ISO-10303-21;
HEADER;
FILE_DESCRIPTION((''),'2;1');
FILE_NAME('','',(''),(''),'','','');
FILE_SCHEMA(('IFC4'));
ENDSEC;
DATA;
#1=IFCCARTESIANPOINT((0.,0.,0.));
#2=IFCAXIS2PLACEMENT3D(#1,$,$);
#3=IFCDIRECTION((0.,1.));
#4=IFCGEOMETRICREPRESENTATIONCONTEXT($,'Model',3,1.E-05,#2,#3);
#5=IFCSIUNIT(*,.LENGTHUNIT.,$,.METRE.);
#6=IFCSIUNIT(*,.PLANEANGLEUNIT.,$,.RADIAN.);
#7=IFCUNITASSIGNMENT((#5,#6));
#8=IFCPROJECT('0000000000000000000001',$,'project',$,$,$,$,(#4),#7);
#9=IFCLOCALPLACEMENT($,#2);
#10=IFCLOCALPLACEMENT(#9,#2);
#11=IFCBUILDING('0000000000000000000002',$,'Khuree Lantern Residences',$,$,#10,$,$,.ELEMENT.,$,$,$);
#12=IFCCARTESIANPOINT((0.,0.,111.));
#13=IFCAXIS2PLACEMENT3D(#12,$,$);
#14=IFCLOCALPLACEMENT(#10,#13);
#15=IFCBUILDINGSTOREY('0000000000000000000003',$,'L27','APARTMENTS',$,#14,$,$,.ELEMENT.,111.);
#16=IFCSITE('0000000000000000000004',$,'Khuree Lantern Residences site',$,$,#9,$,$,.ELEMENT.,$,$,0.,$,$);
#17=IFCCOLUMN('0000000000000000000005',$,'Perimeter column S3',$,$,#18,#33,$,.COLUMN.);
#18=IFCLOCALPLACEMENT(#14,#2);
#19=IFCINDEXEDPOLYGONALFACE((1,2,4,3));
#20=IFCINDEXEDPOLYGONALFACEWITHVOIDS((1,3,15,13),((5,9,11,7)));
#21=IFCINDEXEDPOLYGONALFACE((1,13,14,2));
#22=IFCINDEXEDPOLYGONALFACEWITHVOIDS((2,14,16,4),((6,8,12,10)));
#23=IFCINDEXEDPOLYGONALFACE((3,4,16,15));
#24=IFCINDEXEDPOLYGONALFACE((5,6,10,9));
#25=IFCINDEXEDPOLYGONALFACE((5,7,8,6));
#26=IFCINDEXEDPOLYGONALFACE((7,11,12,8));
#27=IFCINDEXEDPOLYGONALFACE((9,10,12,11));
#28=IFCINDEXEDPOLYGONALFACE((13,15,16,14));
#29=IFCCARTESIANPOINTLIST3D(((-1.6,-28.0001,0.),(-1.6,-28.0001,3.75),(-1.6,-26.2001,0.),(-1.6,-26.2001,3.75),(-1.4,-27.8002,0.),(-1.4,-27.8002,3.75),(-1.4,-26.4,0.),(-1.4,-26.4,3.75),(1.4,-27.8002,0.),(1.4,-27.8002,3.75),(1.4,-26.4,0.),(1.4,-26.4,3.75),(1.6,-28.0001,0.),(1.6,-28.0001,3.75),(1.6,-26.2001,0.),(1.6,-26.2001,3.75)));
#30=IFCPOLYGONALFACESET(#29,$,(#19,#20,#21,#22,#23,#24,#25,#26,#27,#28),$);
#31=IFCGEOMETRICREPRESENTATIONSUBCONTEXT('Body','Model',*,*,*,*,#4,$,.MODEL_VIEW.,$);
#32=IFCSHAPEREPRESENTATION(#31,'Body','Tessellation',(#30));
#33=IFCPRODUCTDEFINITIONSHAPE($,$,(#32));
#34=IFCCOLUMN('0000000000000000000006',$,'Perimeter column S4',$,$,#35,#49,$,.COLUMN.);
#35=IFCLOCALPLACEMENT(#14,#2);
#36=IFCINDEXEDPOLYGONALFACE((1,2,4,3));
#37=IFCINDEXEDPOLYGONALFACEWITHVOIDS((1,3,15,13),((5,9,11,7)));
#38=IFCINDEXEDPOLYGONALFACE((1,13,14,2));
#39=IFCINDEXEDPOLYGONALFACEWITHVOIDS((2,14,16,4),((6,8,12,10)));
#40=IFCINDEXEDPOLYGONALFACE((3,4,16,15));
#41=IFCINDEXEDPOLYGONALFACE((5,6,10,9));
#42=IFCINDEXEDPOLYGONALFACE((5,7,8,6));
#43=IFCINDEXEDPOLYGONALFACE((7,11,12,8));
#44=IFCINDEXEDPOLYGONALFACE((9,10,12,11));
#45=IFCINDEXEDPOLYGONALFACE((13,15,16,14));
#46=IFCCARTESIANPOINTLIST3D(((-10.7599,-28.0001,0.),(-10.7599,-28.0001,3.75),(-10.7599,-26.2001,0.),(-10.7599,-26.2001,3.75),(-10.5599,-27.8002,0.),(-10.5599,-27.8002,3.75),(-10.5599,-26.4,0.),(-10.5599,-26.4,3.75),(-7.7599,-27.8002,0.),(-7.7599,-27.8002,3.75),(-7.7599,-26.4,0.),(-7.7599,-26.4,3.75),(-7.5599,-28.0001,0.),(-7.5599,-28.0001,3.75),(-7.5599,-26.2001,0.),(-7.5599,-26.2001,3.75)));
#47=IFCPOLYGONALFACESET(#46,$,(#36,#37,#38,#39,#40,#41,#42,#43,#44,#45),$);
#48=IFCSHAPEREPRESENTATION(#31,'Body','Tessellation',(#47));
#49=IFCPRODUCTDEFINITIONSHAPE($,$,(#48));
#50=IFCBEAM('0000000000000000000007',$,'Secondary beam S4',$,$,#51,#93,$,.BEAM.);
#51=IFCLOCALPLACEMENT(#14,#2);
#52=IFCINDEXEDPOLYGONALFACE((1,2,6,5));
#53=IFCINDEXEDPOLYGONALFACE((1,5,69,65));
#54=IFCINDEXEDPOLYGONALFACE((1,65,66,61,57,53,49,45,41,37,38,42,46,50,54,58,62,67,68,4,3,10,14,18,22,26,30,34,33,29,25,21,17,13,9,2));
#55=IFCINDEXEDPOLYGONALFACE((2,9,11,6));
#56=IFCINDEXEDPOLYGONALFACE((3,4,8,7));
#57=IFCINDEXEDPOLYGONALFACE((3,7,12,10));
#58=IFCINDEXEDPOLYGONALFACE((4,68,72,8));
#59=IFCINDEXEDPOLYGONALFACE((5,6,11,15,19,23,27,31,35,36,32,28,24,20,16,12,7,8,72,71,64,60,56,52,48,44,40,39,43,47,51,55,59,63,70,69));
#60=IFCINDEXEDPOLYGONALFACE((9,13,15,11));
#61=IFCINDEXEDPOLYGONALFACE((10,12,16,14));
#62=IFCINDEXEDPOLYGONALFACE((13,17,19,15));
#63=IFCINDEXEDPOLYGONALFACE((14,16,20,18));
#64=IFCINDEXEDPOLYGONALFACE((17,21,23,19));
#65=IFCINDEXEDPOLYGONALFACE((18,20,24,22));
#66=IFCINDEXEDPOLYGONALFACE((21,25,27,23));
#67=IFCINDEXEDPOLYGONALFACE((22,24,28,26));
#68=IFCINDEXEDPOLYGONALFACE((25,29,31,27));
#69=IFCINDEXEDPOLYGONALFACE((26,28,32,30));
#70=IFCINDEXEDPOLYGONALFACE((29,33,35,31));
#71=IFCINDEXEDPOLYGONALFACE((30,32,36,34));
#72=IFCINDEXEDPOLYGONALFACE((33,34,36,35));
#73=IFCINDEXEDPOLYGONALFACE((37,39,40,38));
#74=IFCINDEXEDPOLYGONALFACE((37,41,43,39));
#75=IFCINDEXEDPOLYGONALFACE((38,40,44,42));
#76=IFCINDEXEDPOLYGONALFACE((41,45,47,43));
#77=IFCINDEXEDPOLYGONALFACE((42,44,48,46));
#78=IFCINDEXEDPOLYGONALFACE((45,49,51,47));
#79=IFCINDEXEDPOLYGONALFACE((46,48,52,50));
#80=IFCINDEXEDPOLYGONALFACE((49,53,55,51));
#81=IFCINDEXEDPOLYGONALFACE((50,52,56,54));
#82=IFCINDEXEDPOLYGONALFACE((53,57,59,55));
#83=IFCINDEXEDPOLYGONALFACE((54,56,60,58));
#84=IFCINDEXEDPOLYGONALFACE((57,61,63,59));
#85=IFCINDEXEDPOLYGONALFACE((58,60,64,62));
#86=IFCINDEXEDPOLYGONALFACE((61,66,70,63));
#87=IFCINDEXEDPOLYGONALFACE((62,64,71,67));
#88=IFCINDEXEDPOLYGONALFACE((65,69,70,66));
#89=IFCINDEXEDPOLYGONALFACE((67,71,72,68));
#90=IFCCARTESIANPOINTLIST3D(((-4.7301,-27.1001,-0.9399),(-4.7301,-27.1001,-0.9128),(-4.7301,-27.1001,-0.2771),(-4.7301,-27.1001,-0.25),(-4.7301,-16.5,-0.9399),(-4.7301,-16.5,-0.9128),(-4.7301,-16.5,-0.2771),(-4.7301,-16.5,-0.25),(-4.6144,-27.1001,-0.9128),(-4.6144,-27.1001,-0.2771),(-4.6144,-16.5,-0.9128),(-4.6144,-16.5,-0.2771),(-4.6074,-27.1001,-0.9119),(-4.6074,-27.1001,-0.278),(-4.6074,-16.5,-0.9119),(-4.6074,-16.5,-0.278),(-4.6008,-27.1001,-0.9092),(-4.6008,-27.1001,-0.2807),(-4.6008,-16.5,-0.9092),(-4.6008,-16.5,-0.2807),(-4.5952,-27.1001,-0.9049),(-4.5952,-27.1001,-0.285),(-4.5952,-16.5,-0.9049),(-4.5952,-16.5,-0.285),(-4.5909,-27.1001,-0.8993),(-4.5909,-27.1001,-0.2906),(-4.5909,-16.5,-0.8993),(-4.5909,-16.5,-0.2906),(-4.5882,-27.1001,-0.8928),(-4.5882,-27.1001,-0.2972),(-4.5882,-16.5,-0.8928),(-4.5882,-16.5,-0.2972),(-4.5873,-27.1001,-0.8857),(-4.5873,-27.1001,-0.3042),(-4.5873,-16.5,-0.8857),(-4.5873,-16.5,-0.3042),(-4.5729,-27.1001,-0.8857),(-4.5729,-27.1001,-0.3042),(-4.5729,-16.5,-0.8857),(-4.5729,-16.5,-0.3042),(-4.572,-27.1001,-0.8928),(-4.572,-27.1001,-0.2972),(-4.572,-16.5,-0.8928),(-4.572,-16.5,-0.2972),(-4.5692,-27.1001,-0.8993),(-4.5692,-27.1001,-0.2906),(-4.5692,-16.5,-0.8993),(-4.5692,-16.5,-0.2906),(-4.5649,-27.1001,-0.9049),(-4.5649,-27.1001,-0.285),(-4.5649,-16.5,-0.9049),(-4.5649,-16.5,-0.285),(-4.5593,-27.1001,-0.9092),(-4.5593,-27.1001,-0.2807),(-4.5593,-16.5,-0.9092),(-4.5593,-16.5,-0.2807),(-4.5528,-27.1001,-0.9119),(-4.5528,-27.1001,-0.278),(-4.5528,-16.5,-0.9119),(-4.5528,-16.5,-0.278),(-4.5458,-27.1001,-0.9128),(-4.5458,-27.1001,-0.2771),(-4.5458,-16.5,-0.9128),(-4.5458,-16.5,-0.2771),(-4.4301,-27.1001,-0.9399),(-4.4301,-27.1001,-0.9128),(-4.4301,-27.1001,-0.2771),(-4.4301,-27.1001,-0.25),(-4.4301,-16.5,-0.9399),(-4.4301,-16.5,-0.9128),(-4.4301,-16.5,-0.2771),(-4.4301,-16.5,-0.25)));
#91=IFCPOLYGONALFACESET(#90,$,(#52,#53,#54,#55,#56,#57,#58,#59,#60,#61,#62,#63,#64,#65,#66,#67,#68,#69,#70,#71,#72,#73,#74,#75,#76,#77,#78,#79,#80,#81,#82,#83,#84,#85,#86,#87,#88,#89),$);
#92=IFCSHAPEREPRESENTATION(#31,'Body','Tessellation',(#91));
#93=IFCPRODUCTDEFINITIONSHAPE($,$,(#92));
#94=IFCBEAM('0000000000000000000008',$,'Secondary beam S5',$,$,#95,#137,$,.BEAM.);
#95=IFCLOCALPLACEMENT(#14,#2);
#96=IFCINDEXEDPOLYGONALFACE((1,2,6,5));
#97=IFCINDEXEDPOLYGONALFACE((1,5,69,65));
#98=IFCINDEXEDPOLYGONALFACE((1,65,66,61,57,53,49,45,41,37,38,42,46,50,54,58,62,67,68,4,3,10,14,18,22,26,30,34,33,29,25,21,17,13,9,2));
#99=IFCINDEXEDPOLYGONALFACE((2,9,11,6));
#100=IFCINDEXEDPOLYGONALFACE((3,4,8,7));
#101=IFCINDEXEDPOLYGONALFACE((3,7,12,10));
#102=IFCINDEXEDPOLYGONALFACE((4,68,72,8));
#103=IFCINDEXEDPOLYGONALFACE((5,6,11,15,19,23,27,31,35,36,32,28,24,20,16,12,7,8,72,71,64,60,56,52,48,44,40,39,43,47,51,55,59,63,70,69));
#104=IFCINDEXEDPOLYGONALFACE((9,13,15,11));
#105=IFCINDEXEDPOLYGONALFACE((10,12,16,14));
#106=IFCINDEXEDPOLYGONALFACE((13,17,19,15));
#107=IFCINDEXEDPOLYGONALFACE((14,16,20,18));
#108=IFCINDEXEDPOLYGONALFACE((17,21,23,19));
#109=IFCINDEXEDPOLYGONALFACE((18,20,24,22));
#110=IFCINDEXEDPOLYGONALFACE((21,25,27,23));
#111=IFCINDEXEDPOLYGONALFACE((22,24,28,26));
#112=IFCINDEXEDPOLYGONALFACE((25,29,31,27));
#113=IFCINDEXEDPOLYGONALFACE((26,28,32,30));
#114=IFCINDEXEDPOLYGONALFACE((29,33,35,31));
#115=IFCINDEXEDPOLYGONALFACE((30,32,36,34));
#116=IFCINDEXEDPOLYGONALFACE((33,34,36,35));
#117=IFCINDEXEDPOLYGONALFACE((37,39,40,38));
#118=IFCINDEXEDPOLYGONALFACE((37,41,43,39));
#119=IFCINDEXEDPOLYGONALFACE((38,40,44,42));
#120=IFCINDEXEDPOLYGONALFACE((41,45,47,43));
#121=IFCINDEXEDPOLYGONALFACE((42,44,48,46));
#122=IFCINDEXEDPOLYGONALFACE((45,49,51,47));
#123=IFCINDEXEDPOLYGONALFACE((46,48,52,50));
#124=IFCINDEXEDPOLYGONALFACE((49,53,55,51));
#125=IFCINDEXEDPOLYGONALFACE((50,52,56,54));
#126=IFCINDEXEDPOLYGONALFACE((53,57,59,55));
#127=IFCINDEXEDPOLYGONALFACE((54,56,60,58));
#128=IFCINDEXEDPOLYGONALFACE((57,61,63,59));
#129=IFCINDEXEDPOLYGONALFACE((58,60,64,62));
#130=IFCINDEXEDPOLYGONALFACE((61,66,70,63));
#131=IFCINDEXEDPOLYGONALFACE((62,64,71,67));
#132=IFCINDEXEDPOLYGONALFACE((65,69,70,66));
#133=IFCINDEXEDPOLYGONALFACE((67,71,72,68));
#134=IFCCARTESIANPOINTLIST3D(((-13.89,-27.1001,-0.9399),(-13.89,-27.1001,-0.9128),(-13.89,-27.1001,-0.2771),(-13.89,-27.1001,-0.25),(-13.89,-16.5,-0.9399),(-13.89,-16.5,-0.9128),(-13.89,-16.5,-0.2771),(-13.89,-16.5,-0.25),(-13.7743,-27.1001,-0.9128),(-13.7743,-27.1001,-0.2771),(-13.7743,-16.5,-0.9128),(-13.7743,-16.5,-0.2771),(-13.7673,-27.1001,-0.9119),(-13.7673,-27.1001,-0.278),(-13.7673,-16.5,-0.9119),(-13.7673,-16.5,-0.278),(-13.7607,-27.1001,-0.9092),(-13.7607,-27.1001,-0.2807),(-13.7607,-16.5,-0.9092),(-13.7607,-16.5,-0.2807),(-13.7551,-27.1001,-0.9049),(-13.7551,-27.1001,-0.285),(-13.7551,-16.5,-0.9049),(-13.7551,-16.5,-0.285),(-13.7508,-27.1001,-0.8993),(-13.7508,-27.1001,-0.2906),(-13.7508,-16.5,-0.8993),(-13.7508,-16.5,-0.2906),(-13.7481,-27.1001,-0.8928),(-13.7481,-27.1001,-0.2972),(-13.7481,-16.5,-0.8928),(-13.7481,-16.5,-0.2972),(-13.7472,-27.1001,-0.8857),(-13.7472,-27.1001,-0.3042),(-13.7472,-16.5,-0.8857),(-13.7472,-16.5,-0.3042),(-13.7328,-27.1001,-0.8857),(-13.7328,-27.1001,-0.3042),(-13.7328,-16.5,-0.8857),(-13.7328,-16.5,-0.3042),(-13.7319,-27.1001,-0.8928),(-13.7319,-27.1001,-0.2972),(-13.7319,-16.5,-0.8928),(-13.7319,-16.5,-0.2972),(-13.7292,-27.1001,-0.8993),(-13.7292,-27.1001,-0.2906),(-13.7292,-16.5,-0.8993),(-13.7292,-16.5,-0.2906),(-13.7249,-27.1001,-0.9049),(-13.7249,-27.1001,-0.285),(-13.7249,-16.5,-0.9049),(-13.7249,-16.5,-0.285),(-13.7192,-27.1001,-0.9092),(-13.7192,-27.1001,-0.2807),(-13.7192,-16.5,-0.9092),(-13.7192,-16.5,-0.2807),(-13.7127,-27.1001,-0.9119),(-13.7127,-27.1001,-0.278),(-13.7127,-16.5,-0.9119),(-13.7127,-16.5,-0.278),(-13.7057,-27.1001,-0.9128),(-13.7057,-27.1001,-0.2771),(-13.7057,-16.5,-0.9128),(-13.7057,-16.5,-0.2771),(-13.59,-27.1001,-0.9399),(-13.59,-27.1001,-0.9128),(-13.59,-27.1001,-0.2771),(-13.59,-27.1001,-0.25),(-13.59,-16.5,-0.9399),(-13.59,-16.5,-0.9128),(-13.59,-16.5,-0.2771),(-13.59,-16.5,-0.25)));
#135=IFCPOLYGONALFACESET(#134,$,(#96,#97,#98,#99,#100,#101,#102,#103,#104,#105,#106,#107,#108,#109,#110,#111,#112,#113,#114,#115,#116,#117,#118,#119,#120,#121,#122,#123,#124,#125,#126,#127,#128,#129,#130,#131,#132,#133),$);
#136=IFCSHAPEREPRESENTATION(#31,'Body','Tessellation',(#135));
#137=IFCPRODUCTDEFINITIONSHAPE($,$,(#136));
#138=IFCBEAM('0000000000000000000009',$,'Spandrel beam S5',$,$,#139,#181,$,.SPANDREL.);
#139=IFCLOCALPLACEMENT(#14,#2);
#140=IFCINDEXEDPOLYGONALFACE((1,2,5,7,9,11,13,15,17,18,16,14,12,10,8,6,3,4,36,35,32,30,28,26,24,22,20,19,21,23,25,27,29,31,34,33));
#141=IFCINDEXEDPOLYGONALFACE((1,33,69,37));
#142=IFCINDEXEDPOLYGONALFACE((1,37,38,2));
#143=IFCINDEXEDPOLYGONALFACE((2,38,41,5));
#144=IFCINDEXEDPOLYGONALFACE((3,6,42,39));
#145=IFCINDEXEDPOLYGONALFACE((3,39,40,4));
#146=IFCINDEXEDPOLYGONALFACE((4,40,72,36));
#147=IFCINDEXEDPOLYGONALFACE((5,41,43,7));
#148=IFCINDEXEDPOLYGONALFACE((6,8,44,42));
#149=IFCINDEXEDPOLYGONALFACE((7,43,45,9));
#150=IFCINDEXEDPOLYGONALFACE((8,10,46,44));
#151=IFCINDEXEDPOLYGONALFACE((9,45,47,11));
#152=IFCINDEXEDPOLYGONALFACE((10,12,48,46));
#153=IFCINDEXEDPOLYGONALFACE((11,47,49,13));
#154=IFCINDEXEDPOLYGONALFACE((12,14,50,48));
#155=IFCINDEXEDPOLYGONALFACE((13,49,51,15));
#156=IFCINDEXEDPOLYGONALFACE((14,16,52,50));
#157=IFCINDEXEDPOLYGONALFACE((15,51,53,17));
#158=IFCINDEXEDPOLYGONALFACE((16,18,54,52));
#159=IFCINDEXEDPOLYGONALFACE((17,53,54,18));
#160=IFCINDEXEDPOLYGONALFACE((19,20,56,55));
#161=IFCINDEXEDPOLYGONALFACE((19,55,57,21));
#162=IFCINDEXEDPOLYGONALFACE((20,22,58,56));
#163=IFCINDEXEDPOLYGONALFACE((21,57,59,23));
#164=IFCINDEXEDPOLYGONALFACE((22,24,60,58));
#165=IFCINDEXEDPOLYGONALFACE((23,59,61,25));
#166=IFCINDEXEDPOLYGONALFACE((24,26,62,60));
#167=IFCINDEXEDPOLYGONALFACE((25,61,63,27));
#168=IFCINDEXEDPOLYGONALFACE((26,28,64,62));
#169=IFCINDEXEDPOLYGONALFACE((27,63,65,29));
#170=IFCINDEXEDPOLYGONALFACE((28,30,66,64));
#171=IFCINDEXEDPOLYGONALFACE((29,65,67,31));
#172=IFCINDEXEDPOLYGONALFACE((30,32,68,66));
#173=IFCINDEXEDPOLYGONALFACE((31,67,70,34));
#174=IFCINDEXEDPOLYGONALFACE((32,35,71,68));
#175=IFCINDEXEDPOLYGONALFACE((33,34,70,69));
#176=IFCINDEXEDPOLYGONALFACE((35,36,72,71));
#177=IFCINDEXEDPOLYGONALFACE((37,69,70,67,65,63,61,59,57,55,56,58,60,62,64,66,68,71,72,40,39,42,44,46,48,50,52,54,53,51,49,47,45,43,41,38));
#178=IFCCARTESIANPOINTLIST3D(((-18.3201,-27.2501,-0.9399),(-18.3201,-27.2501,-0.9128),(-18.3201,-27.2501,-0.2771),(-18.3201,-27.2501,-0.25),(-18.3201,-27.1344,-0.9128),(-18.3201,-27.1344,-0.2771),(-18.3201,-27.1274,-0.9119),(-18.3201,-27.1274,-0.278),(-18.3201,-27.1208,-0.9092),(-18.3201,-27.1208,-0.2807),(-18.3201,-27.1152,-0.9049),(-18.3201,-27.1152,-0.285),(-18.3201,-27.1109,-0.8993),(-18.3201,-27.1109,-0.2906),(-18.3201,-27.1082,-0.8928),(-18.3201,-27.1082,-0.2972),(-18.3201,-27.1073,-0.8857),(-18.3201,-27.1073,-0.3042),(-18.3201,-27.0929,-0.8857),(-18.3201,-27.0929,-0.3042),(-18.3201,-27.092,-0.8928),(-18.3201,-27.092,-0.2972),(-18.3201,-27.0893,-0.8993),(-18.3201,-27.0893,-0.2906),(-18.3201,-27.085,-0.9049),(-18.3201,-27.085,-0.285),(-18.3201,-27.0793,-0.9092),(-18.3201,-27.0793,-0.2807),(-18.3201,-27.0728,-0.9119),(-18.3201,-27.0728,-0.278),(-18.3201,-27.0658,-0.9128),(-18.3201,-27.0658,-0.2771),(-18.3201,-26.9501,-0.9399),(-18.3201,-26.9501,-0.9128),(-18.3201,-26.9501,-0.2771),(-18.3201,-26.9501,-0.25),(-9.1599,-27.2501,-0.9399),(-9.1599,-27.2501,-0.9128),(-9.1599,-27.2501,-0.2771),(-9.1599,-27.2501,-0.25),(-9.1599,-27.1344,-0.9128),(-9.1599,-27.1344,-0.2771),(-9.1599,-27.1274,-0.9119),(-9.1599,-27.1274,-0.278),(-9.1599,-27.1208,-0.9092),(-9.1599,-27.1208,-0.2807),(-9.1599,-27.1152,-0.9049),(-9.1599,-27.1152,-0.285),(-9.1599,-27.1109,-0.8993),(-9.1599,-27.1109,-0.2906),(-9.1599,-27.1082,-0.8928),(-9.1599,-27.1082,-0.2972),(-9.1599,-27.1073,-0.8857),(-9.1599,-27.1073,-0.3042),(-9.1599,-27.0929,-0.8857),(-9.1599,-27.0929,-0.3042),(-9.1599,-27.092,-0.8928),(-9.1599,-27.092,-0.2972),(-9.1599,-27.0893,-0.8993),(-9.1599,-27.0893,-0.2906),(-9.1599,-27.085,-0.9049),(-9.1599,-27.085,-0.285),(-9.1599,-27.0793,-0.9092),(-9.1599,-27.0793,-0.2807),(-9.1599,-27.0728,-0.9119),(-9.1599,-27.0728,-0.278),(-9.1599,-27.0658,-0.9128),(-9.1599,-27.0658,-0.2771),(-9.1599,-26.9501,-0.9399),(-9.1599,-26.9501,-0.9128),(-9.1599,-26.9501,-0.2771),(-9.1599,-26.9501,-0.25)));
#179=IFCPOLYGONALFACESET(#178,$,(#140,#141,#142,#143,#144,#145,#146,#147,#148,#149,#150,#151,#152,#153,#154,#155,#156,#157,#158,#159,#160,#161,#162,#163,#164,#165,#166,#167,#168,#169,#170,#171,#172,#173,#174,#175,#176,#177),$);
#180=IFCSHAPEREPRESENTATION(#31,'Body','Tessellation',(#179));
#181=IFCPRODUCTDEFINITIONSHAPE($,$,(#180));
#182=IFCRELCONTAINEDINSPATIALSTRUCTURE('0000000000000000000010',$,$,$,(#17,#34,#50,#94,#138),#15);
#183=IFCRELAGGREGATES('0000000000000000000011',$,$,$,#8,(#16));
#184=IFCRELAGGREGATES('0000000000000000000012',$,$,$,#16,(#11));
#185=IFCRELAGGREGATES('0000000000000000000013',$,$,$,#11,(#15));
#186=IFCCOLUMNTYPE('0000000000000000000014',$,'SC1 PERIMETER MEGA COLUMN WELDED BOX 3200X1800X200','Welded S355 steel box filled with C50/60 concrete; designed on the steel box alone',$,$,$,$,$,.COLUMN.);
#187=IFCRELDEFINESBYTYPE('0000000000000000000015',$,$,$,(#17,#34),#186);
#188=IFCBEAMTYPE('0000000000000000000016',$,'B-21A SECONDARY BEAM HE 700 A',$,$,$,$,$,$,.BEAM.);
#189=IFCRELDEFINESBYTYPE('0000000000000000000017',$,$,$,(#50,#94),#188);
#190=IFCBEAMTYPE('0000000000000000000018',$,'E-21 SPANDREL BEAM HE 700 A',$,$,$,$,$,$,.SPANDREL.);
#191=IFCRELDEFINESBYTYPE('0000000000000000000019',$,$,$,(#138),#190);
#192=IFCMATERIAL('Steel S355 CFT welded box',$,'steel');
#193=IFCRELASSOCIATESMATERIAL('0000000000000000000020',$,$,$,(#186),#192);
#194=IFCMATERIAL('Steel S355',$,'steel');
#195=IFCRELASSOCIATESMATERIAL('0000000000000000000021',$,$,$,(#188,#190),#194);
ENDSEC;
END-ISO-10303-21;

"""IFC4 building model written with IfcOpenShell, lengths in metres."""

from ifc_helpers import new_model, si_unit, direction, frame, origin, origin_2d, place, context, subcontext, project, spatial, hollow_rectangle, i_section, extrude, material, material_profile, profile_set, type_object, element, save


model = new_model("IFC4")

# Units and contexts
model_context = context("Model", 3, precision=1e-05, world=origin(), true_north=direction((0.0, 1.0)))
body_context = subcontext(model_context, "Body", "Model", "MODEL_VIEW")
ifc_project = project(units=[si_unit("LENGTHUNIT", "METRE"), si_unit("PLANEANGLEUNIT", "RADIAN")], contexts=[model_context])

# Site, building, storey
site_placement = place(None, origin())
site = spatial("IfcSite", under=ifc_project, at=site_placement, Name="Khuree Lantern Residences site", CompositionType="ELEMENT", RefElevation=0.0)
building_placement = place(site_placement, origin())
building = spatial("IfcBuilding", under=site, at=building_placement, Name="Khuree Lantern Residences", CompositionType="ELEMENT")
storey_placement = place(building_placement, frame((0.0, 0.0, 111.0)))
storey = spatial("IfcBuildingStorey", under=building, at=storey_placement, Name="L27", Description="APARTMENTS", CompositionType="ELEMENT", Elevation=111.0)

# Columns
ifc_material_1 = material(Name="Steel S355 CFT welded box", Category="steel")
ifc_material_profile_1 = material_profile(ifc_material_1, hollow_rectangle(XDim=3.2, YDim=1.8, WallThickness=0.2, at=origin_2d()), Name="WELDED BOX 3200X1800X200")
ifc_profile_set_1 = profile_set([ifc_material_profile_1], Name="Steel S355 CFT welded box")
column_type = type_object("IfcColumnType", Name="SC1 PERIMETER MEGA COLUMN WELDED BOX 3200X1800X200", Description="Welded S355 steel box filled with C50/60 concrete; designed on the steel box alone", PredefinedType="COLUMN", material=ifc_profile_set_1)
for number, where, z_axis, x_axis, name in (
    (1, (0.0, -27.1001, 0.0), (0.0, 0.0, 1.0), (1.0, 0.0, 0.0), "Perimeter column S3"),
    (2, (-9.1599, -27.1001, 0.0), (0.0, 0.0, 1.0), (1.0, 0.0, 0.0), "Perimeter column S4"),
):
    element("IfcColumn", number, at=place(storey_placement, frame(where, z_axis=z_axis, x_axis=x_axis)), inside=storey, type_object=column_type, Name=name, PredefinedType="COLUMN", context=body_context, shape_type="SweptSolid", body=[
        extrude(hollow_rectangle(XDim=3.2, YDim=1.8, WallThickness=0.2, at=origin_2d()), origin(), (0.0, 0.0, 1.0), 3.75),
    ])

# Beams
ifc_material_2 = material(Name="Steel S355", Category="steel")
ifc_material_profile_2 = material_profile(ifc_material_2, i_section(OverallWidth=0.3, OverallDepth=0.6899, WebThickness=0.0144, FlangeThickness=0.0271, FilletRadius=0.0271, at=origin_2d()), Name="HE 700 A")
ifc_profile_set_2 = profile_set([ifc_material_profile_2], Name="Steel S355")
beam_type_1 = type_object("IfcBeamType", Name="B-21A SECONDARY BEAM HE 700 A", PredefinedType="BEAM", material=ifc_profile_set_2)
for number, where, z_axis, x_axis, name in (
    (3, (-4.5801, -27.1001, -0.595), (0.0, 1.0, 0.0), (-1.0, 0.0, 0.0), "Secondary beam S4"),
    (4, (-13.74, -27.1001, -0.595), (0.0, 1.0, 0.0), (-1.0, 0.0, 0.0), "Secondary beam S5"),
):
    element("IfcBeam", number, at=place(storey_placement, frame(where, z_axis=z_axis, x_axis=x_axis)), inside=storey, type_object=beam_type_1, Name=name, PredefinedType="BEAM", context=body_context, shape_type="SweptSolid", body=[
        extrude(i_section(OverallWidth=0.3, OverallDepth=0.6899, WebThickness=0.0144, FlangeThickness=0.0271, FilletRadius=0.0271, at=origin_2d()), origin(), (0.0, 0.0, 1.0), 10.6001),
    ])
ifc_material_profile_3 = material_profile(ifc_material_2, i_section(OverallWidth=0.3, OverallDepth=0.6899, WebThickness=0.0144, FlangeThickness=0.0271, FilletRadius=0.0271, at=origin_2d()), Name="HE 700 A")
ifc_profile_set_3 = profile_set([ifc_material_profile_3], Name="Steel S355")
beam_type_2 = type_object("IfcBeamType", Name="E-21 SPANDREL BEAM HE 700 A", PredefinedType="SPANDREL", material=ifc_profile_set_3)
beam_1_placement = place(storey_placement, frame((-9.1599, -27.1001, -0.595), z_axis=(-1.0, 0.0, 0.0), x_axis=(0.0, -1.0, 0.0)))
element("IfcBeam", 5, at=beam_1_placement, inside=storey, type_object=beam_type_2, Name="Spandrel beam S5", PredefinedType="SPANDREL", context=body_context, shape_type="SweptSolid", body=[
    extrude(i_section(OverallWidth=0.3, OverallDepth=0.6899, WebThickness=0.0144, FlangeThickness=0.0271, FilletRadius=0.0271, at=origin_2d()), origin(), (0.0, 0.0, 1.0), 9.1602),
])

save(model, "model.ifc")
